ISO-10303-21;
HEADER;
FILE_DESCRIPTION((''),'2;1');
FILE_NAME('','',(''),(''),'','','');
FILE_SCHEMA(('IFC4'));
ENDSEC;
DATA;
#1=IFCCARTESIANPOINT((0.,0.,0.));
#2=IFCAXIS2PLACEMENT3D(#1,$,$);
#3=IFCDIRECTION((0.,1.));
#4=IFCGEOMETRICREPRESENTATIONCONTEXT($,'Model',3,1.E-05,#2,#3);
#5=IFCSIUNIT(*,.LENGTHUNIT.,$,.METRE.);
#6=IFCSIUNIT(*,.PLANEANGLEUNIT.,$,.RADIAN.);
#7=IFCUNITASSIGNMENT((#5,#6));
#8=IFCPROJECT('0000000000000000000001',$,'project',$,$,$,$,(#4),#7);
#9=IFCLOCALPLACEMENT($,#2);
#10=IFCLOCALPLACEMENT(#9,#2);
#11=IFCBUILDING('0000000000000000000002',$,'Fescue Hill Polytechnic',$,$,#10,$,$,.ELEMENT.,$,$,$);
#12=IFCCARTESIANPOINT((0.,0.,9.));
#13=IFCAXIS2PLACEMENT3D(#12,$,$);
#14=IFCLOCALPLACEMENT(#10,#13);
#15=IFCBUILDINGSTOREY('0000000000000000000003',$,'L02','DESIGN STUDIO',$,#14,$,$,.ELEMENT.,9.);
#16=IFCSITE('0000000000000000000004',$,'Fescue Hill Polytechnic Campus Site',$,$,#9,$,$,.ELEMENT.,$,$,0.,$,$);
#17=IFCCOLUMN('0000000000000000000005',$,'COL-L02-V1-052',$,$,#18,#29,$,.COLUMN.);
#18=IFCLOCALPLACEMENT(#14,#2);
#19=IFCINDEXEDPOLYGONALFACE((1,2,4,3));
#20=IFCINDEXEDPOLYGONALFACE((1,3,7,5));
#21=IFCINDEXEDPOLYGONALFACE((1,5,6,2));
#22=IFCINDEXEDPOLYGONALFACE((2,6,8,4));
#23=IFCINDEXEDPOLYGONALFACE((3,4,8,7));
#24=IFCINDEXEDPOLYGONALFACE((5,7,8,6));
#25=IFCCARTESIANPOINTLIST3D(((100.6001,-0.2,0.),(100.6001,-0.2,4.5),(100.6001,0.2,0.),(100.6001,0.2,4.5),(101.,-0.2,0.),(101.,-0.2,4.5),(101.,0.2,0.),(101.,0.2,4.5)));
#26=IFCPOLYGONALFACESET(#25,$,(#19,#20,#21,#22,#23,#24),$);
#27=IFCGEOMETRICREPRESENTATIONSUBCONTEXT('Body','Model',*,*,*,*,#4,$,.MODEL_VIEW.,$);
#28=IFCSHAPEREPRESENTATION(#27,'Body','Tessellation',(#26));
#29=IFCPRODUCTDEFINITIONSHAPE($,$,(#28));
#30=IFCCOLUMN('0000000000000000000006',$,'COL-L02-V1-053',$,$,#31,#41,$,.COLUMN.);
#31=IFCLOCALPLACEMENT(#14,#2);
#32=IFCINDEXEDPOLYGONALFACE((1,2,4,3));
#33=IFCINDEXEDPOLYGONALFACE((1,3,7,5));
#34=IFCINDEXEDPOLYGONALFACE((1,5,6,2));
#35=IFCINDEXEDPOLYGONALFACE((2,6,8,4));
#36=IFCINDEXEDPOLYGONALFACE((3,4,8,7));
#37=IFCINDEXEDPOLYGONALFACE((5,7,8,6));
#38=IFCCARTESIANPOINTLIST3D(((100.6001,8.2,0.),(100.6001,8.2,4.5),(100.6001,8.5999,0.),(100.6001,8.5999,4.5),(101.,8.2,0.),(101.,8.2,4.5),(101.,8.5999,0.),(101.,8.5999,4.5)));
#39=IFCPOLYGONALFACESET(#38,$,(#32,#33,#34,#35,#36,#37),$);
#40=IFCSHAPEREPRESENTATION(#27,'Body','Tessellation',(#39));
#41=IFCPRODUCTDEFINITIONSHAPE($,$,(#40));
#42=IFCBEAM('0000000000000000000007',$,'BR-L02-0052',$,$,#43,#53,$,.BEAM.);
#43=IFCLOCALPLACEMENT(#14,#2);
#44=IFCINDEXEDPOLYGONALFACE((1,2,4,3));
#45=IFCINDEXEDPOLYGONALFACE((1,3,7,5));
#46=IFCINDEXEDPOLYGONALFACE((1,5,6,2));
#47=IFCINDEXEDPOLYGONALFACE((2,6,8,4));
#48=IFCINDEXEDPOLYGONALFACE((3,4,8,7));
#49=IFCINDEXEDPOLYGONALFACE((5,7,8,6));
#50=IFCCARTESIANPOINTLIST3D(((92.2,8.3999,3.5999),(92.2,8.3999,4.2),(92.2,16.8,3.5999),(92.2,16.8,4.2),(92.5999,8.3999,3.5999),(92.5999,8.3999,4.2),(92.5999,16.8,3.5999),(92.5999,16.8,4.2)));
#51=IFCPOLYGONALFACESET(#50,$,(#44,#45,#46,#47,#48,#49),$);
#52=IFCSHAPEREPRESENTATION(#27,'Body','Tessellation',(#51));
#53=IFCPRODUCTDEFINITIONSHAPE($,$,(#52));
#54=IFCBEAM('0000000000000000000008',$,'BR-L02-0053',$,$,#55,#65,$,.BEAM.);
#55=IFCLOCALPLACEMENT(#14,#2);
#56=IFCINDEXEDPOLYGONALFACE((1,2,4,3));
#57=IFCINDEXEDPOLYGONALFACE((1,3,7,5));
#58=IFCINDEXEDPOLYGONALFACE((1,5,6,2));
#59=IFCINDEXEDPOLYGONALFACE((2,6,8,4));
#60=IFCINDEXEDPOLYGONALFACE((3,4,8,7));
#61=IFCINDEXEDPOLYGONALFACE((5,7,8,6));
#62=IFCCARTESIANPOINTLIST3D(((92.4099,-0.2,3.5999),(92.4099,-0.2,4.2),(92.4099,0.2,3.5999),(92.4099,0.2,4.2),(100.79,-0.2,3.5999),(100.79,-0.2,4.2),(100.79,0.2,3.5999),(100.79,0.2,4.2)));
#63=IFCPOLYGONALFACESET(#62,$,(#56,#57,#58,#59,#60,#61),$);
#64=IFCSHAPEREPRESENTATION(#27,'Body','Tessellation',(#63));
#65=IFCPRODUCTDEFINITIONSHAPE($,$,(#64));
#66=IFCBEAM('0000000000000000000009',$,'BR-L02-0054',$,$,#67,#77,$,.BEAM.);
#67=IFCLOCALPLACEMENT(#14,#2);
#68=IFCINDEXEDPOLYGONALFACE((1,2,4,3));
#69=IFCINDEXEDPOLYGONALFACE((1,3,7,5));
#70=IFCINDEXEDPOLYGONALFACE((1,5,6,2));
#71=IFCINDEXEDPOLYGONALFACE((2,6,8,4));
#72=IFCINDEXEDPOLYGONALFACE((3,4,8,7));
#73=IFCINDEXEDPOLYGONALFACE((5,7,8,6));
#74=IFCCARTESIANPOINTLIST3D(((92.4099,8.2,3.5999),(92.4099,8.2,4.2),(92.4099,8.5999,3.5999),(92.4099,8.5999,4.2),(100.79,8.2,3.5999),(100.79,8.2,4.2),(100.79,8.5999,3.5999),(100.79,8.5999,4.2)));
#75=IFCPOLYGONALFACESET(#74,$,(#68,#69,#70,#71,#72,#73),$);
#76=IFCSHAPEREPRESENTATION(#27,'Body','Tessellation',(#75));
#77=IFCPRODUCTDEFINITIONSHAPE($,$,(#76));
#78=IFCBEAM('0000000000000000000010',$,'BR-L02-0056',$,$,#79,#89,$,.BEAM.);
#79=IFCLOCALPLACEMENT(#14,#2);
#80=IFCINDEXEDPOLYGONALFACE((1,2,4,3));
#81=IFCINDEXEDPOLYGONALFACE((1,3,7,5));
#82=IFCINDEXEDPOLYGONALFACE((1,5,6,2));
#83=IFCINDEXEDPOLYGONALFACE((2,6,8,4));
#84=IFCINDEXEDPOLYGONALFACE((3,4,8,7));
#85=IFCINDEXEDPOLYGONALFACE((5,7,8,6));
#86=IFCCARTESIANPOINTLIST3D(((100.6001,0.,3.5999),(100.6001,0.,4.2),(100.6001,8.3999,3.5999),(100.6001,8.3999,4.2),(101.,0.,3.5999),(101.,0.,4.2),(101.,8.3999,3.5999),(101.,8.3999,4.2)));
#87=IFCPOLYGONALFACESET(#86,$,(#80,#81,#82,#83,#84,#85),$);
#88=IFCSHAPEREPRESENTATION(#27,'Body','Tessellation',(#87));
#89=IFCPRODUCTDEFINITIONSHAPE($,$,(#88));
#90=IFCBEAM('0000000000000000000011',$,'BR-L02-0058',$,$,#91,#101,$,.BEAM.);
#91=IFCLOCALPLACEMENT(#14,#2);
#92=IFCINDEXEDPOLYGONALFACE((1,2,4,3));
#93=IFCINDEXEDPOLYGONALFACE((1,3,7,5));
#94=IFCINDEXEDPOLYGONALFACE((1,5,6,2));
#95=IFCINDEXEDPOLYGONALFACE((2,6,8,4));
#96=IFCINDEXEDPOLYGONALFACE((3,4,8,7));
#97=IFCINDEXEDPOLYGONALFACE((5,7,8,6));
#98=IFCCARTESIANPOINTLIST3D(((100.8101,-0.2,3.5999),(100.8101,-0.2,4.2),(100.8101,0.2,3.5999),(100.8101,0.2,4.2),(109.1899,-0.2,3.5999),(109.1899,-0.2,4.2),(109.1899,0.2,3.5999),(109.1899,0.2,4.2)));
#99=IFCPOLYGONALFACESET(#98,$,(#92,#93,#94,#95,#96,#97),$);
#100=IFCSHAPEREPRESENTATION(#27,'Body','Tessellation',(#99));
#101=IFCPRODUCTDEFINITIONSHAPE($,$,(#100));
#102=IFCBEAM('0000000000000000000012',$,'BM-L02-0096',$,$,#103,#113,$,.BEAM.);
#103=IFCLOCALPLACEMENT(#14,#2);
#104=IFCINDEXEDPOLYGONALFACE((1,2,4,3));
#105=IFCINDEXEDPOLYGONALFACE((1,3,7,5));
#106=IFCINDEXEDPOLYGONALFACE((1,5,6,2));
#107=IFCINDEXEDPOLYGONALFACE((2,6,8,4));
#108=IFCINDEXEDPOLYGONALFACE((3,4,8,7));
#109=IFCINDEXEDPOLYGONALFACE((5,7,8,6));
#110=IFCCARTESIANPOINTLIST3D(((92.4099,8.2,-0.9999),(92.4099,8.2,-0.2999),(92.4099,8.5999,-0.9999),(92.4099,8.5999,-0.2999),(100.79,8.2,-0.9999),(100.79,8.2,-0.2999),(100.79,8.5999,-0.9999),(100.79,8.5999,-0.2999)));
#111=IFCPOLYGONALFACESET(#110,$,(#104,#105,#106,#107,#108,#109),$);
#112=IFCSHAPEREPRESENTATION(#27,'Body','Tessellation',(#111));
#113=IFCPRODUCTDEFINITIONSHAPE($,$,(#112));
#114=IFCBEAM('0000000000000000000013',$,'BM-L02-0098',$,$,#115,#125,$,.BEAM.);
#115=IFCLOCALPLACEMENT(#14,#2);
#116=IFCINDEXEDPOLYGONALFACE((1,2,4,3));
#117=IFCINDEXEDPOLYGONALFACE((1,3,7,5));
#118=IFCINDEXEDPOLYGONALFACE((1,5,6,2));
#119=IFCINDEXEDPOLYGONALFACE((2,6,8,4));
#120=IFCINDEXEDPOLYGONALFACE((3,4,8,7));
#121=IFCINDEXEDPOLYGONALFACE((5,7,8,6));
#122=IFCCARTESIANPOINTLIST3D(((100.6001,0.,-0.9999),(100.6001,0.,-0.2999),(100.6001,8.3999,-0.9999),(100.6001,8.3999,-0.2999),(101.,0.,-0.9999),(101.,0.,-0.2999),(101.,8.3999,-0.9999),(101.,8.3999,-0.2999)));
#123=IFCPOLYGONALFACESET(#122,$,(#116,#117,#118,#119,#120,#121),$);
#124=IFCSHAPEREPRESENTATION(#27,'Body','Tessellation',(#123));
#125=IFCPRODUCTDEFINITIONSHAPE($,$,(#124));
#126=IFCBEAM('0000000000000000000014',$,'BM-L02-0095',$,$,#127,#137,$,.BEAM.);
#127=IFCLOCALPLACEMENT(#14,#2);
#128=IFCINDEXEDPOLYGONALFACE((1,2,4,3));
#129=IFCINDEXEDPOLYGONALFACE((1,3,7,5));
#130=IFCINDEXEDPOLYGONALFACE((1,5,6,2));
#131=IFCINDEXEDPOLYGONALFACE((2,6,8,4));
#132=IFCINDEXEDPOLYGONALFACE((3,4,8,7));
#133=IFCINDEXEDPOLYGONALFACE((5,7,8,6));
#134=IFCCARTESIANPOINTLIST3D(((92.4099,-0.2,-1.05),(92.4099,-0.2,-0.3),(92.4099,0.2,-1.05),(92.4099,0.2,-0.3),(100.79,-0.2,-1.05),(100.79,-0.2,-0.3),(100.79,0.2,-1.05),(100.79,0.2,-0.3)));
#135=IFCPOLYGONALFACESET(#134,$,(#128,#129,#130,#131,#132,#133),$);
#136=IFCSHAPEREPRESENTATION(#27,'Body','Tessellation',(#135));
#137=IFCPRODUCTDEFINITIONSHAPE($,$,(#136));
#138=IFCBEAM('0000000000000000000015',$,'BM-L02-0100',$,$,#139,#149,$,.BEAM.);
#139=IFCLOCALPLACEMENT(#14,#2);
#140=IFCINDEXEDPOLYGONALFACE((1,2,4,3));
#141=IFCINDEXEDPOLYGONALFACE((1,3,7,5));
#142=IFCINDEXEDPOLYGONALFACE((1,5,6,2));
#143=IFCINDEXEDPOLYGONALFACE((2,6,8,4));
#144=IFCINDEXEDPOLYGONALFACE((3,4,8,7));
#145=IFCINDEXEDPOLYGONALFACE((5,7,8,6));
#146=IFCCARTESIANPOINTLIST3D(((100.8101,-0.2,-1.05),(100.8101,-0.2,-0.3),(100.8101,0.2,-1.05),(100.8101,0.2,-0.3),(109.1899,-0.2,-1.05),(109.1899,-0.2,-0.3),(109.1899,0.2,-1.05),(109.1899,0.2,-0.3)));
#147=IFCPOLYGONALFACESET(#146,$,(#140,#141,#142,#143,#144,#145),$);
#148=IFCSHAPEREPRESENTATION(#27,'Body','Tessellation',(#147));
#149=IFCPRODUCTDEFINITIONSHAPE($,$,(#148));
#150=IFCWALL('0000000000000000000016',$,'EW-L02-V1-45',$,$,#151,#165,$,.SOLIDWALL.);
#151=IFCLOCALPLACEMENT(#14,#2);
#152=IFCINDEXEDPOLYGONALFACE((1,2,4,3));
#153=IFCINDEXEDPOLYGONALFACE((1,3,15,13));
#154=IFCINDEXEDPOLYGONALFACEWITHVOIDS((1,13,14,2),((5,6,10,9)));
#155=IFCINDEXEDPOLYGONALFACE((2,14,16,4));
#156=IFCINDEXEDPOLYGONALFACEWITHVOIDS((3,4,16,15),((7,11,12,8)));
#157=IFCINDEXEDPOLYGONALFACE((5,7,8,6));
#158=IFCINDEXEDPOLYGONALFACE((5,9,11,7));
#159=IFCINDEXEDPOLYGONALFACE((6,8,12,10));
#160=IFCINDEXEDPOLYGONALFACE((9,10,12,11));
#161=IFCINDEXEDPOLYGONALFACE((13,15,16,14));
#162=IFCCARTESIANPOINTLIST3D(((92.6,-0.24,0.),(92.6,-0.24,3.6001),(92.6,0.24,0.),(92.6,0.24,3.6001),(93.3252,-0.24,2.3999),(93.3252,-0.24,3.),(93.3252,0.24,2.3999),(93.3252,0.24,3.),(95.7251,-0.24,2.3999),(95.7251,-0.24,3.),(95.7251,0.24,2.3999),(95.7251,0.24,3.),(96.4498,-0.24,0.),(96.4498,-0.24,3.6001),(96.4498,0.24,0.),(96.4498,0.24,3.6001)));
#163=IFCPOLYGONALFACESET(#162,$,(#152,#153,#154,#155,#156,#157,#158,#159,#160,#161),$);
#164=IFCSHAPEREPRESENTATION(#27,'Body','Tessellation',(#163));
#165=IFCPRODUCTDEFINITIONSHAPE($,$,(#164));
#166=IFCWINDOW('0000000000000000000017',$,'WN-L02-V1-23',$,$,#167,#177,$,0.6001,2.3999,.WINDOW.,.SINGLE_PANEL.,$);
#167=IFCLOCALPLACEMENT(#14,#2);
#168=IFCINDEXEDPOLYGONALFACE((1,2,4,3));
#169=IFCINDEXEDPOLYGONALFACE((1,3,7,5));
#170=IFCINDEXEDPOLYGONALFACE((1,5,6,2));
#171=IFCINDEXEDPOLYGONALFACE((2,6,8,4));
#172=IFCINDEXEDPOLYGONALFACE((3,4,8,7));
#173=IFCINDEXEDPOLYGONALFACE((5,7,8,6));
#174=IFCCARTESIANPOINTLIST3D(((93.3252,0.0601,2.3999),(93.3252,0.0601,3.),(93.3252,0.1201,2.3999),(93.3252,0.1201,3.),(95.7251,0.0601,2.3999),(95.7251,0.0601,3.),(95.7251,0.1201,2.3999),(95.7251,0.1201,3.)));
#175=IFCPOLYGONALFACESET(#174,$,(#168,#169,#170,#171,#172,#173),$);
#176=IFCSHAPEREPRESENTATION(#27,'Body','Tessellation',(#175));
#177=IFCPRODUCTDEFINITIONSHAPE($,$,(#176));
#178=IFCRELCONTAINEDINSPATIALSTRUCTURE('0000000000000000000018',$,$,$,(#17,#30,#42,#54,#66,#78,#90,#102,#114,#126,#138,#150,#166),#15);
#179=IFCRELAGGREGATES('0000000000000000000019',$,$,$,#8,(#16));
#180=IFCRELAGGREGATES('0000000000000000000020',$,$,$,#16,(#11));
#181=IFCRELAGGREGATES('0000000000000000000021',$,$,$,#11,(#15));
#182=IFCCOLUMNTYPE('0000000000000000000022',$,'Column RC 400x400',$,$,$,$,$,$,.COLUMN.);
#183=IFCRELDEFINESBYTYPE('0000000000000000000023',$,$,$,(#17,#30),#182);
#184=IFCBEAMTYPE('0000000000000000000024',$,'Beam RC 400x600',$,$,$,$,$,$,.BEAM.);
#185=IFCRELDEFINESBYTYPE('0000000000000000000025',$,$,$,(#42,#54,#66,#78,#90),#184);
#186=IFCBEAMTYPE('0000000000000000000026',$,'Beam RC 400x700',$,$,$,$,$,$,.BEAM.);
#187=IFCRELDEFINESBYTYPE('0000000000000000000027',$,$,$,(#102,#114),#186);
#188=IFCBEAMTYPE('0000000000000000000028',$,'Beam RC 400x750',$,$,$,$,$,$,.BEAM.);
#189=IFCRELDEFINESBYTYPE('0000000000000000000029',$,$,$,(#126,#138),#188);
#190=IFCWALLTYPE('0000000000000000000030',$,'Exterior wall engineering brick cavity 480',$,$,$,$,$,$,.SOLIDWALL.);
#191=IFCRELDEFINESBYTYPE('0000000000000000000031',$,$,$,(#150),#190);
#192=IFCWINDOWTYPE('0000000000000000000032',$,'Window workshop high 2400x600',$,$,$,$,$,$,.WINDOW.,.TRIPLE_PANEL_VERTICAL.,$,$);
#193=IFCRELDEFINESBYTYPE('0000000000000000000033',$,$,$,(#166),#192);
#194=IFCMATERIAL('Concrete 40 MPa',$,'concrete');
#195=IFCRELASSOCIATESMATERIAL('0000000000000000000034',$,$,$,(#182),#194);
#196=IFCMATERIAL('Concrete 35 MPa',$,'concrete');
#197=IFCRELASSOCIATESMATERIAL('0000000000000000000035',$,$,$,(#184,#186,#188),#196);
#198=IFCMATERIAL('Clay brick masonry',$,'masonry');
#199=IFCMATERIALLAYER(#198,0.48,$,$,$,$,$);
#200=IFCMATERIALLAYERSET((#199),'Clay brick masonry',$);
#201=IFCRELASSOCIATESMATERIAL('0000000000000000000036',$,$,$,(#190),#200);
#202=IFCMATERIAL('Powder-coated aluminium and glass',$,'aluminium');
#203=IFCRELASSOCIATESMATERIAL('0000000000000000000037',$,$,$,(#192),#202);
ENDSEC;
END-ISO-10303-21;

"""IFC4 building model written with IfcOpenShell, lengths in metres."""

from ifc_helpers import new_model, si_unit, direction, frame, frame_2d, origin, origin_2d, place, context, subcontext, project, spatial, rectangle, extrude, material, layer, layer_set, material_profile, profile_set, type_object, element, fill, save


model = new_model("IFC4")

# Units and contexts
model_context = context("Model", 3, precision=1e-05, world=origin(), true_north=direction((0.0, 1.0)))
body_context = subcontext(model_context, "Body", "Model", "MODEL_VIEW")
ifc_project = project(units=[si_unit("LENGTHUNIT", "METRE"), si_unit("PLANEANGLEUNIT", "RADIAN")], contexts=[model_context])

# Site, building, storey
site_placement = place(None, origin())
site = spatial("IfcSite", under=ifc_project, at=site_placement, Name="Fescue Hill Polytechnic Campus Site", CompositionType="ELEMENT", RefElevation=0.0)
building_placement = place(site_placement, origin())
building = spatial("IfcBuilding", under=site, at=building_placement, Name="Fescue Hill Polytechnic", CompositionType="ELEMENT")
storey_placement = place(building_placement, frame((0.0, 0.0, 9.0)))
storey = spatial("IfcBuildingStorey", under=building, at=storey_placement, Name="L02", Description="DESIGN STUDIO", CompositionType="ELEMENT", Elevation=9.0)

# Columns
ifc_material_1 = material(Name="Concrete 40 MPa", Category="concrete")
ifc_material_profile_1 = material_profile(ifc_material_1, rectangle(XDim=0.3999, YDim=0.3999, at=origin_2d()), Name="RC 400x400")
ifc_profile_set_1 = profile_set([ifc_material_profile_1], Name="Concrete 40 MPa")
column_type = type_object("IfcColumnType", Name="Column RC 400x400", PredefinedType="COLUMN", material=ifc_profile_set_1)
for number, where, z_axis, x_axis, name in (
    (1, (100.8, 0.0, 0.0), (0.0, 0.0, 1.0), (1.0, 0.0, 0.0), "COL-L02-V1-052"),
    (2, (100.8, 8.3999, 0.0), (0.0, 0.0, 1.0), (1.0, 0.0, 0.0), "COL-L02-V1-053"),
):
    element("IfcColumn", number, at=place(storey_placement, frame(where, z_axis=z_axis, x_axis=x_axis)), inside=storey, type_object=column_type, Name=name, PredefinedType="COLUMN", context=body_context, shape_type="SweptSolid", body=[
        extrude(rectangle(XDim=0.3999, YDim=0.3999, at=origin_2d()), origin(), (0.0, 0.0, 1.0), 4.5),
    ])

# Beams
ifc_material_2 = material(Name="Concrete 35 MPa", Category="concrete")
ifc_material_profile_2 = material_profile(ifc_material_2, rectangle(XDim=0.3999, YDim=0.6001, at=origin_2d()), Name="RC 400x600")
ifc_profile_set_2 = profile_set([ifc_material_profile_2], Name="Concrete 35 MPa")
beam_type_1 = type_object("IfcBeamType", Name="Beam RC 400x600", PredefinedType="BEAM", material=ifc_profile_set_2)
beam_1_placement = place(storey_placement, frame((92.3999, 8.3999, 3.8999), z_axis=(0.0, 1.0, 0.0), x_axis=(-1.0, 0.0, 0.0)))
element("IfcBeam", 3, at=beam_1_placement, inside=storey, type_object=beam_type_1, Name="BR-L02-0052", PredefinedType="BEAM", context=body_context, shape_type="SweptSolid", body=[
    extrude(rectangle(XDim=0.3999, YDim=0.6001, at=origin_2d()), origin(), (0.0, 0.0, 1.0), 8.4001),
])
for number, where, z_axis, x_axis, name in (
    (4, (92.4099, 0.0, 3.8999), (1.0, 0.0, 0.0), (0.0, 1.0, 0.0), "BR-L02-0053"),
    (5, (92.4099, 8.3999, 3.8999), (1.0, 0.0, 0.0), (0.0, 1.0, 0.0), "BR-L02-0054"),
):
    element("IfcBeam", number, at=place(storey_placement, frame(where, z_axis=z_axis, x_axis=x_axis)), inside=storey, type_object=beam_type_1, Name=name, PredefinedType="BEAM", context=body_context, shape_type="SweptSolid", body=[
        extrude(rectangle(XDim=0.3999, YDim=0.6001, at=origin_2d()), origin(), (0.0, 0.0, 1.0), 8.3801),
    ])
beam_2_placement = place(storey_placement, frame((100.8, 0.0, 3.8999), z_axis=(0.0, 1.0, 0.0), x_axis=(-1.0, 0.0, 0.0)))
element("IfcBeam", 6, at=beam_2_placement, inside=storey, type_object=beam_type_1, Name="BR-L02-0056", PredefinedType="BEAM", context=body_context, shape_type="SweptSolid", body=[
    extrude(rectangle(XDim=0.3999, YDim=0.6001, at=origin_2d()), origin(), (0.0, 0.0, 1.0), 8.3999),
])
beam_3_placement = place(storey_placement, frame((100.8101, 0.0, 3.8999), z_axis=(1.0, 0.0, 0.0), x_axis=(0.0, 1.0, 0.0)))
element("IfcBeam", 7, at=beam_3_placement, inside=storey, type_object=beam_type_1, Name="BR-L02-0058", PredefinedType="BEAM", context=body_context, shape_type="SweptSolid", body=[
    extrude(rectangle(XDim=0.3999, YDim=0.6001, at=origin_2d()), origin(), (0.0, 0.0, 1.0), 8.3799),
])
ifc_material_profile_3 = material_profile(ifc_material_2, rectangle(XDim=0.3999, YDim=0.7, at=origin_2d()), Name="RC 400x700")
ifc_profile_set_3 = profile_set([ifc_material_profile_3], Name="Concrete 35 MPa")
beam_type_2 = type_object("IfcBeamType", Name="Beam RC 400x700", PredefinedType="BEAM", material=ifc_profile_set_3)
beam_4_placement = place(storey_placement, frame((92.4099, 8.3999, -0.6499), z_axis=(1.0, 0.0, 0.0), x_axis=(0.0, 1.0, 0.0)))
element("IfcBeam", 8, at=beam_4_placement, inside=storey, type_object=beam_type_2, Name="BM-L02-0096", PredefinedType="BEAM", context=body_context, shape_type="SweptSolid", body=[
    extrude(rectangle(XDim=0.3999, YDim=0.7, at=origin_2d()), origin(), (0.0, 0.0, 1.0), 8.3801),
])
beam_5_placement = place(storey_placement, frame((100.8, 0.0, -0.6499), z_axis=(0.0, 1.0, 0.0), x_axis=(-1.0, 0.0, 0.0)))
element("IfcBeam", 9, at=beam_5_placement, inside=storey, type_object=beam_type_2, Name="BM-L02-0098", PredefinedType="BEAM", context=body_context, shape_type="SweptSolid", body=[
    extrude(rectangle(XDim=0.3999, YDim=0.7, at=origin_2d()), origin(), (0.0, 0.0, 1.0), 8.3999),
])
ifc_material_profile_4 = material_profile(ifc_material_2, rectangle(XDim=0.3999, YDim=0.75, at=origin_2d()), Name="RC 400x750")
ifc_profile_set_4 = profile_set([ifc_material_profile_4], Name="Concrete 35 MPa")
beam_type_3 = type_object("IfcBeamType", Name="Beam RC 400x750", PredefinedType="BEAM", material=ifc_profile_set_4)
beam_6_placement = place(storey_placement, frame((92.4099, 0.0, -0.675), z_axis=(1.0, 0.0, 0.0), x_axis=(0.0, 1.0, 0.0)))
element("IfcBeam", 10, at=beam_6_placement, inside=storey, type_object=beam_type_3, Name="BM-L02-0095", PredefinedType="BEAM", context=body_context, shape_type="SweptSolid", body=[
    extrude(rectangle(XDim=0.3999, YDim=0.75, at=origin_2d()), origin(), (0.0, 0.0, 1.0), 8.3801),
])
beam_7_placement = place(storey_placement, frame((100.8101, 0.0, -0.675), z_axis=(1.0, 0.0, 0.0), x_axis=(0.0, 1.0, 0.0)))
element("IfcBeam", 11, at=beam_7_placement, inside=storey, type_object=beam_type_3, Name="BM-L02-0100", PredefinedType="BEAM", context=body_context, shape_type="SweptSolid", body=[
    extrude(rectangle(XDim=0.3999, YDim=0.75, at=origin_2d()), origin(), (0.0, 0.0, 1.0), 8.3799),
])

# Wall, opening, window
ifc_material_3 = material(Name="Clay brick masonry", Category="masonry")
ifc_layer_1 = layer(ifc_material_3, 0.48)
ifc_layer_set_1 = layer_set([ifc_layer_1], Name="Clay brick masonry")
wall_type_1 = type_object("IfcWallType", Name="Exterior wall engineering brick cavity 480", PredefinedType="SOLIDWALL", material=ifc_layer_set_1)
wall_1_placement = place(storey_placement, frame((92.6001, 0.0, 0.0), z_axis=(0.0, 0.0, 1.0), x_axis=(1.0, 0.0, 0.0)))
wall_1 = element("IfcWall", 12, at=wall_1_placement, inside=storey, type_object=wall_type_1, Name="EW-L02-V1-45", PredefinedType="SOLIDWALL", context=body_context, shape_type="SweptSolid", body=[
    extrude(rectangle(XDim=3.8499, YDim=0.48, at=frame_2d((1.9248, 0.0))), origin(), (0.0, 0.0, 1.0), 3.6001),
])
opening_1_placement = place(wall_1_placement, frame((0.7251, 0.0, 2.3999)))
opening_1 = element("IfcOpeningElement", 13, at=opening_1_placement, cuts=wall_1, PredefinedType="OPENING", context=body_context, shape_type="SweptSolid", body=[
    extrude(rectangle(XDim=2.3999, YDim=0.6001, at=frame_2d((1.2, 0.3))), frame((0.0, 0.25, 0.0), z_axis=(0.0, -1.0, 0.0), x_axis=(1.0, 0.0, 0.0)), (0.0, 0.0, 1.0), 0.5),
])
ifc_material_4 = material(Name="Powder-coated aluminium and glass", Category="aluminium")
window_type = type_object("IfcWindowType", Name="Window workshop high 2400x600", PartitioningType="TRIPLE_PANEL_VERTICAL", PredefinedType="WINDOW", material=ifc_material_4)
window_1_placement = place(opening_1_placement, origin())
window_1 = element("IfcWindow", 14, at=window_1_placement, inside=storey, type_object=window_type, Name="WN-L02-V1-23", OverallHeight=0.6001, OverallWidth=2.3999, PartitioningType="SINGLE_PANEL", PredefinedType="WINDOW", context=body_context, shape_type="SweptSolid", body=[
    extrude(rectangle(XDim=2.3999, YDim=0.6001, at=frame_2d((1.2, 0.3))), frame((0.0, 0.1201, 0.0), z_axis=(0.0, -1.0, 0.0), x_axis=(1.0, 0.0, 0.0)), (0.0, 0.0, 1.0), 0.0601),
])
fill(opening_1, window_1)

save(model, "model.ifc")
